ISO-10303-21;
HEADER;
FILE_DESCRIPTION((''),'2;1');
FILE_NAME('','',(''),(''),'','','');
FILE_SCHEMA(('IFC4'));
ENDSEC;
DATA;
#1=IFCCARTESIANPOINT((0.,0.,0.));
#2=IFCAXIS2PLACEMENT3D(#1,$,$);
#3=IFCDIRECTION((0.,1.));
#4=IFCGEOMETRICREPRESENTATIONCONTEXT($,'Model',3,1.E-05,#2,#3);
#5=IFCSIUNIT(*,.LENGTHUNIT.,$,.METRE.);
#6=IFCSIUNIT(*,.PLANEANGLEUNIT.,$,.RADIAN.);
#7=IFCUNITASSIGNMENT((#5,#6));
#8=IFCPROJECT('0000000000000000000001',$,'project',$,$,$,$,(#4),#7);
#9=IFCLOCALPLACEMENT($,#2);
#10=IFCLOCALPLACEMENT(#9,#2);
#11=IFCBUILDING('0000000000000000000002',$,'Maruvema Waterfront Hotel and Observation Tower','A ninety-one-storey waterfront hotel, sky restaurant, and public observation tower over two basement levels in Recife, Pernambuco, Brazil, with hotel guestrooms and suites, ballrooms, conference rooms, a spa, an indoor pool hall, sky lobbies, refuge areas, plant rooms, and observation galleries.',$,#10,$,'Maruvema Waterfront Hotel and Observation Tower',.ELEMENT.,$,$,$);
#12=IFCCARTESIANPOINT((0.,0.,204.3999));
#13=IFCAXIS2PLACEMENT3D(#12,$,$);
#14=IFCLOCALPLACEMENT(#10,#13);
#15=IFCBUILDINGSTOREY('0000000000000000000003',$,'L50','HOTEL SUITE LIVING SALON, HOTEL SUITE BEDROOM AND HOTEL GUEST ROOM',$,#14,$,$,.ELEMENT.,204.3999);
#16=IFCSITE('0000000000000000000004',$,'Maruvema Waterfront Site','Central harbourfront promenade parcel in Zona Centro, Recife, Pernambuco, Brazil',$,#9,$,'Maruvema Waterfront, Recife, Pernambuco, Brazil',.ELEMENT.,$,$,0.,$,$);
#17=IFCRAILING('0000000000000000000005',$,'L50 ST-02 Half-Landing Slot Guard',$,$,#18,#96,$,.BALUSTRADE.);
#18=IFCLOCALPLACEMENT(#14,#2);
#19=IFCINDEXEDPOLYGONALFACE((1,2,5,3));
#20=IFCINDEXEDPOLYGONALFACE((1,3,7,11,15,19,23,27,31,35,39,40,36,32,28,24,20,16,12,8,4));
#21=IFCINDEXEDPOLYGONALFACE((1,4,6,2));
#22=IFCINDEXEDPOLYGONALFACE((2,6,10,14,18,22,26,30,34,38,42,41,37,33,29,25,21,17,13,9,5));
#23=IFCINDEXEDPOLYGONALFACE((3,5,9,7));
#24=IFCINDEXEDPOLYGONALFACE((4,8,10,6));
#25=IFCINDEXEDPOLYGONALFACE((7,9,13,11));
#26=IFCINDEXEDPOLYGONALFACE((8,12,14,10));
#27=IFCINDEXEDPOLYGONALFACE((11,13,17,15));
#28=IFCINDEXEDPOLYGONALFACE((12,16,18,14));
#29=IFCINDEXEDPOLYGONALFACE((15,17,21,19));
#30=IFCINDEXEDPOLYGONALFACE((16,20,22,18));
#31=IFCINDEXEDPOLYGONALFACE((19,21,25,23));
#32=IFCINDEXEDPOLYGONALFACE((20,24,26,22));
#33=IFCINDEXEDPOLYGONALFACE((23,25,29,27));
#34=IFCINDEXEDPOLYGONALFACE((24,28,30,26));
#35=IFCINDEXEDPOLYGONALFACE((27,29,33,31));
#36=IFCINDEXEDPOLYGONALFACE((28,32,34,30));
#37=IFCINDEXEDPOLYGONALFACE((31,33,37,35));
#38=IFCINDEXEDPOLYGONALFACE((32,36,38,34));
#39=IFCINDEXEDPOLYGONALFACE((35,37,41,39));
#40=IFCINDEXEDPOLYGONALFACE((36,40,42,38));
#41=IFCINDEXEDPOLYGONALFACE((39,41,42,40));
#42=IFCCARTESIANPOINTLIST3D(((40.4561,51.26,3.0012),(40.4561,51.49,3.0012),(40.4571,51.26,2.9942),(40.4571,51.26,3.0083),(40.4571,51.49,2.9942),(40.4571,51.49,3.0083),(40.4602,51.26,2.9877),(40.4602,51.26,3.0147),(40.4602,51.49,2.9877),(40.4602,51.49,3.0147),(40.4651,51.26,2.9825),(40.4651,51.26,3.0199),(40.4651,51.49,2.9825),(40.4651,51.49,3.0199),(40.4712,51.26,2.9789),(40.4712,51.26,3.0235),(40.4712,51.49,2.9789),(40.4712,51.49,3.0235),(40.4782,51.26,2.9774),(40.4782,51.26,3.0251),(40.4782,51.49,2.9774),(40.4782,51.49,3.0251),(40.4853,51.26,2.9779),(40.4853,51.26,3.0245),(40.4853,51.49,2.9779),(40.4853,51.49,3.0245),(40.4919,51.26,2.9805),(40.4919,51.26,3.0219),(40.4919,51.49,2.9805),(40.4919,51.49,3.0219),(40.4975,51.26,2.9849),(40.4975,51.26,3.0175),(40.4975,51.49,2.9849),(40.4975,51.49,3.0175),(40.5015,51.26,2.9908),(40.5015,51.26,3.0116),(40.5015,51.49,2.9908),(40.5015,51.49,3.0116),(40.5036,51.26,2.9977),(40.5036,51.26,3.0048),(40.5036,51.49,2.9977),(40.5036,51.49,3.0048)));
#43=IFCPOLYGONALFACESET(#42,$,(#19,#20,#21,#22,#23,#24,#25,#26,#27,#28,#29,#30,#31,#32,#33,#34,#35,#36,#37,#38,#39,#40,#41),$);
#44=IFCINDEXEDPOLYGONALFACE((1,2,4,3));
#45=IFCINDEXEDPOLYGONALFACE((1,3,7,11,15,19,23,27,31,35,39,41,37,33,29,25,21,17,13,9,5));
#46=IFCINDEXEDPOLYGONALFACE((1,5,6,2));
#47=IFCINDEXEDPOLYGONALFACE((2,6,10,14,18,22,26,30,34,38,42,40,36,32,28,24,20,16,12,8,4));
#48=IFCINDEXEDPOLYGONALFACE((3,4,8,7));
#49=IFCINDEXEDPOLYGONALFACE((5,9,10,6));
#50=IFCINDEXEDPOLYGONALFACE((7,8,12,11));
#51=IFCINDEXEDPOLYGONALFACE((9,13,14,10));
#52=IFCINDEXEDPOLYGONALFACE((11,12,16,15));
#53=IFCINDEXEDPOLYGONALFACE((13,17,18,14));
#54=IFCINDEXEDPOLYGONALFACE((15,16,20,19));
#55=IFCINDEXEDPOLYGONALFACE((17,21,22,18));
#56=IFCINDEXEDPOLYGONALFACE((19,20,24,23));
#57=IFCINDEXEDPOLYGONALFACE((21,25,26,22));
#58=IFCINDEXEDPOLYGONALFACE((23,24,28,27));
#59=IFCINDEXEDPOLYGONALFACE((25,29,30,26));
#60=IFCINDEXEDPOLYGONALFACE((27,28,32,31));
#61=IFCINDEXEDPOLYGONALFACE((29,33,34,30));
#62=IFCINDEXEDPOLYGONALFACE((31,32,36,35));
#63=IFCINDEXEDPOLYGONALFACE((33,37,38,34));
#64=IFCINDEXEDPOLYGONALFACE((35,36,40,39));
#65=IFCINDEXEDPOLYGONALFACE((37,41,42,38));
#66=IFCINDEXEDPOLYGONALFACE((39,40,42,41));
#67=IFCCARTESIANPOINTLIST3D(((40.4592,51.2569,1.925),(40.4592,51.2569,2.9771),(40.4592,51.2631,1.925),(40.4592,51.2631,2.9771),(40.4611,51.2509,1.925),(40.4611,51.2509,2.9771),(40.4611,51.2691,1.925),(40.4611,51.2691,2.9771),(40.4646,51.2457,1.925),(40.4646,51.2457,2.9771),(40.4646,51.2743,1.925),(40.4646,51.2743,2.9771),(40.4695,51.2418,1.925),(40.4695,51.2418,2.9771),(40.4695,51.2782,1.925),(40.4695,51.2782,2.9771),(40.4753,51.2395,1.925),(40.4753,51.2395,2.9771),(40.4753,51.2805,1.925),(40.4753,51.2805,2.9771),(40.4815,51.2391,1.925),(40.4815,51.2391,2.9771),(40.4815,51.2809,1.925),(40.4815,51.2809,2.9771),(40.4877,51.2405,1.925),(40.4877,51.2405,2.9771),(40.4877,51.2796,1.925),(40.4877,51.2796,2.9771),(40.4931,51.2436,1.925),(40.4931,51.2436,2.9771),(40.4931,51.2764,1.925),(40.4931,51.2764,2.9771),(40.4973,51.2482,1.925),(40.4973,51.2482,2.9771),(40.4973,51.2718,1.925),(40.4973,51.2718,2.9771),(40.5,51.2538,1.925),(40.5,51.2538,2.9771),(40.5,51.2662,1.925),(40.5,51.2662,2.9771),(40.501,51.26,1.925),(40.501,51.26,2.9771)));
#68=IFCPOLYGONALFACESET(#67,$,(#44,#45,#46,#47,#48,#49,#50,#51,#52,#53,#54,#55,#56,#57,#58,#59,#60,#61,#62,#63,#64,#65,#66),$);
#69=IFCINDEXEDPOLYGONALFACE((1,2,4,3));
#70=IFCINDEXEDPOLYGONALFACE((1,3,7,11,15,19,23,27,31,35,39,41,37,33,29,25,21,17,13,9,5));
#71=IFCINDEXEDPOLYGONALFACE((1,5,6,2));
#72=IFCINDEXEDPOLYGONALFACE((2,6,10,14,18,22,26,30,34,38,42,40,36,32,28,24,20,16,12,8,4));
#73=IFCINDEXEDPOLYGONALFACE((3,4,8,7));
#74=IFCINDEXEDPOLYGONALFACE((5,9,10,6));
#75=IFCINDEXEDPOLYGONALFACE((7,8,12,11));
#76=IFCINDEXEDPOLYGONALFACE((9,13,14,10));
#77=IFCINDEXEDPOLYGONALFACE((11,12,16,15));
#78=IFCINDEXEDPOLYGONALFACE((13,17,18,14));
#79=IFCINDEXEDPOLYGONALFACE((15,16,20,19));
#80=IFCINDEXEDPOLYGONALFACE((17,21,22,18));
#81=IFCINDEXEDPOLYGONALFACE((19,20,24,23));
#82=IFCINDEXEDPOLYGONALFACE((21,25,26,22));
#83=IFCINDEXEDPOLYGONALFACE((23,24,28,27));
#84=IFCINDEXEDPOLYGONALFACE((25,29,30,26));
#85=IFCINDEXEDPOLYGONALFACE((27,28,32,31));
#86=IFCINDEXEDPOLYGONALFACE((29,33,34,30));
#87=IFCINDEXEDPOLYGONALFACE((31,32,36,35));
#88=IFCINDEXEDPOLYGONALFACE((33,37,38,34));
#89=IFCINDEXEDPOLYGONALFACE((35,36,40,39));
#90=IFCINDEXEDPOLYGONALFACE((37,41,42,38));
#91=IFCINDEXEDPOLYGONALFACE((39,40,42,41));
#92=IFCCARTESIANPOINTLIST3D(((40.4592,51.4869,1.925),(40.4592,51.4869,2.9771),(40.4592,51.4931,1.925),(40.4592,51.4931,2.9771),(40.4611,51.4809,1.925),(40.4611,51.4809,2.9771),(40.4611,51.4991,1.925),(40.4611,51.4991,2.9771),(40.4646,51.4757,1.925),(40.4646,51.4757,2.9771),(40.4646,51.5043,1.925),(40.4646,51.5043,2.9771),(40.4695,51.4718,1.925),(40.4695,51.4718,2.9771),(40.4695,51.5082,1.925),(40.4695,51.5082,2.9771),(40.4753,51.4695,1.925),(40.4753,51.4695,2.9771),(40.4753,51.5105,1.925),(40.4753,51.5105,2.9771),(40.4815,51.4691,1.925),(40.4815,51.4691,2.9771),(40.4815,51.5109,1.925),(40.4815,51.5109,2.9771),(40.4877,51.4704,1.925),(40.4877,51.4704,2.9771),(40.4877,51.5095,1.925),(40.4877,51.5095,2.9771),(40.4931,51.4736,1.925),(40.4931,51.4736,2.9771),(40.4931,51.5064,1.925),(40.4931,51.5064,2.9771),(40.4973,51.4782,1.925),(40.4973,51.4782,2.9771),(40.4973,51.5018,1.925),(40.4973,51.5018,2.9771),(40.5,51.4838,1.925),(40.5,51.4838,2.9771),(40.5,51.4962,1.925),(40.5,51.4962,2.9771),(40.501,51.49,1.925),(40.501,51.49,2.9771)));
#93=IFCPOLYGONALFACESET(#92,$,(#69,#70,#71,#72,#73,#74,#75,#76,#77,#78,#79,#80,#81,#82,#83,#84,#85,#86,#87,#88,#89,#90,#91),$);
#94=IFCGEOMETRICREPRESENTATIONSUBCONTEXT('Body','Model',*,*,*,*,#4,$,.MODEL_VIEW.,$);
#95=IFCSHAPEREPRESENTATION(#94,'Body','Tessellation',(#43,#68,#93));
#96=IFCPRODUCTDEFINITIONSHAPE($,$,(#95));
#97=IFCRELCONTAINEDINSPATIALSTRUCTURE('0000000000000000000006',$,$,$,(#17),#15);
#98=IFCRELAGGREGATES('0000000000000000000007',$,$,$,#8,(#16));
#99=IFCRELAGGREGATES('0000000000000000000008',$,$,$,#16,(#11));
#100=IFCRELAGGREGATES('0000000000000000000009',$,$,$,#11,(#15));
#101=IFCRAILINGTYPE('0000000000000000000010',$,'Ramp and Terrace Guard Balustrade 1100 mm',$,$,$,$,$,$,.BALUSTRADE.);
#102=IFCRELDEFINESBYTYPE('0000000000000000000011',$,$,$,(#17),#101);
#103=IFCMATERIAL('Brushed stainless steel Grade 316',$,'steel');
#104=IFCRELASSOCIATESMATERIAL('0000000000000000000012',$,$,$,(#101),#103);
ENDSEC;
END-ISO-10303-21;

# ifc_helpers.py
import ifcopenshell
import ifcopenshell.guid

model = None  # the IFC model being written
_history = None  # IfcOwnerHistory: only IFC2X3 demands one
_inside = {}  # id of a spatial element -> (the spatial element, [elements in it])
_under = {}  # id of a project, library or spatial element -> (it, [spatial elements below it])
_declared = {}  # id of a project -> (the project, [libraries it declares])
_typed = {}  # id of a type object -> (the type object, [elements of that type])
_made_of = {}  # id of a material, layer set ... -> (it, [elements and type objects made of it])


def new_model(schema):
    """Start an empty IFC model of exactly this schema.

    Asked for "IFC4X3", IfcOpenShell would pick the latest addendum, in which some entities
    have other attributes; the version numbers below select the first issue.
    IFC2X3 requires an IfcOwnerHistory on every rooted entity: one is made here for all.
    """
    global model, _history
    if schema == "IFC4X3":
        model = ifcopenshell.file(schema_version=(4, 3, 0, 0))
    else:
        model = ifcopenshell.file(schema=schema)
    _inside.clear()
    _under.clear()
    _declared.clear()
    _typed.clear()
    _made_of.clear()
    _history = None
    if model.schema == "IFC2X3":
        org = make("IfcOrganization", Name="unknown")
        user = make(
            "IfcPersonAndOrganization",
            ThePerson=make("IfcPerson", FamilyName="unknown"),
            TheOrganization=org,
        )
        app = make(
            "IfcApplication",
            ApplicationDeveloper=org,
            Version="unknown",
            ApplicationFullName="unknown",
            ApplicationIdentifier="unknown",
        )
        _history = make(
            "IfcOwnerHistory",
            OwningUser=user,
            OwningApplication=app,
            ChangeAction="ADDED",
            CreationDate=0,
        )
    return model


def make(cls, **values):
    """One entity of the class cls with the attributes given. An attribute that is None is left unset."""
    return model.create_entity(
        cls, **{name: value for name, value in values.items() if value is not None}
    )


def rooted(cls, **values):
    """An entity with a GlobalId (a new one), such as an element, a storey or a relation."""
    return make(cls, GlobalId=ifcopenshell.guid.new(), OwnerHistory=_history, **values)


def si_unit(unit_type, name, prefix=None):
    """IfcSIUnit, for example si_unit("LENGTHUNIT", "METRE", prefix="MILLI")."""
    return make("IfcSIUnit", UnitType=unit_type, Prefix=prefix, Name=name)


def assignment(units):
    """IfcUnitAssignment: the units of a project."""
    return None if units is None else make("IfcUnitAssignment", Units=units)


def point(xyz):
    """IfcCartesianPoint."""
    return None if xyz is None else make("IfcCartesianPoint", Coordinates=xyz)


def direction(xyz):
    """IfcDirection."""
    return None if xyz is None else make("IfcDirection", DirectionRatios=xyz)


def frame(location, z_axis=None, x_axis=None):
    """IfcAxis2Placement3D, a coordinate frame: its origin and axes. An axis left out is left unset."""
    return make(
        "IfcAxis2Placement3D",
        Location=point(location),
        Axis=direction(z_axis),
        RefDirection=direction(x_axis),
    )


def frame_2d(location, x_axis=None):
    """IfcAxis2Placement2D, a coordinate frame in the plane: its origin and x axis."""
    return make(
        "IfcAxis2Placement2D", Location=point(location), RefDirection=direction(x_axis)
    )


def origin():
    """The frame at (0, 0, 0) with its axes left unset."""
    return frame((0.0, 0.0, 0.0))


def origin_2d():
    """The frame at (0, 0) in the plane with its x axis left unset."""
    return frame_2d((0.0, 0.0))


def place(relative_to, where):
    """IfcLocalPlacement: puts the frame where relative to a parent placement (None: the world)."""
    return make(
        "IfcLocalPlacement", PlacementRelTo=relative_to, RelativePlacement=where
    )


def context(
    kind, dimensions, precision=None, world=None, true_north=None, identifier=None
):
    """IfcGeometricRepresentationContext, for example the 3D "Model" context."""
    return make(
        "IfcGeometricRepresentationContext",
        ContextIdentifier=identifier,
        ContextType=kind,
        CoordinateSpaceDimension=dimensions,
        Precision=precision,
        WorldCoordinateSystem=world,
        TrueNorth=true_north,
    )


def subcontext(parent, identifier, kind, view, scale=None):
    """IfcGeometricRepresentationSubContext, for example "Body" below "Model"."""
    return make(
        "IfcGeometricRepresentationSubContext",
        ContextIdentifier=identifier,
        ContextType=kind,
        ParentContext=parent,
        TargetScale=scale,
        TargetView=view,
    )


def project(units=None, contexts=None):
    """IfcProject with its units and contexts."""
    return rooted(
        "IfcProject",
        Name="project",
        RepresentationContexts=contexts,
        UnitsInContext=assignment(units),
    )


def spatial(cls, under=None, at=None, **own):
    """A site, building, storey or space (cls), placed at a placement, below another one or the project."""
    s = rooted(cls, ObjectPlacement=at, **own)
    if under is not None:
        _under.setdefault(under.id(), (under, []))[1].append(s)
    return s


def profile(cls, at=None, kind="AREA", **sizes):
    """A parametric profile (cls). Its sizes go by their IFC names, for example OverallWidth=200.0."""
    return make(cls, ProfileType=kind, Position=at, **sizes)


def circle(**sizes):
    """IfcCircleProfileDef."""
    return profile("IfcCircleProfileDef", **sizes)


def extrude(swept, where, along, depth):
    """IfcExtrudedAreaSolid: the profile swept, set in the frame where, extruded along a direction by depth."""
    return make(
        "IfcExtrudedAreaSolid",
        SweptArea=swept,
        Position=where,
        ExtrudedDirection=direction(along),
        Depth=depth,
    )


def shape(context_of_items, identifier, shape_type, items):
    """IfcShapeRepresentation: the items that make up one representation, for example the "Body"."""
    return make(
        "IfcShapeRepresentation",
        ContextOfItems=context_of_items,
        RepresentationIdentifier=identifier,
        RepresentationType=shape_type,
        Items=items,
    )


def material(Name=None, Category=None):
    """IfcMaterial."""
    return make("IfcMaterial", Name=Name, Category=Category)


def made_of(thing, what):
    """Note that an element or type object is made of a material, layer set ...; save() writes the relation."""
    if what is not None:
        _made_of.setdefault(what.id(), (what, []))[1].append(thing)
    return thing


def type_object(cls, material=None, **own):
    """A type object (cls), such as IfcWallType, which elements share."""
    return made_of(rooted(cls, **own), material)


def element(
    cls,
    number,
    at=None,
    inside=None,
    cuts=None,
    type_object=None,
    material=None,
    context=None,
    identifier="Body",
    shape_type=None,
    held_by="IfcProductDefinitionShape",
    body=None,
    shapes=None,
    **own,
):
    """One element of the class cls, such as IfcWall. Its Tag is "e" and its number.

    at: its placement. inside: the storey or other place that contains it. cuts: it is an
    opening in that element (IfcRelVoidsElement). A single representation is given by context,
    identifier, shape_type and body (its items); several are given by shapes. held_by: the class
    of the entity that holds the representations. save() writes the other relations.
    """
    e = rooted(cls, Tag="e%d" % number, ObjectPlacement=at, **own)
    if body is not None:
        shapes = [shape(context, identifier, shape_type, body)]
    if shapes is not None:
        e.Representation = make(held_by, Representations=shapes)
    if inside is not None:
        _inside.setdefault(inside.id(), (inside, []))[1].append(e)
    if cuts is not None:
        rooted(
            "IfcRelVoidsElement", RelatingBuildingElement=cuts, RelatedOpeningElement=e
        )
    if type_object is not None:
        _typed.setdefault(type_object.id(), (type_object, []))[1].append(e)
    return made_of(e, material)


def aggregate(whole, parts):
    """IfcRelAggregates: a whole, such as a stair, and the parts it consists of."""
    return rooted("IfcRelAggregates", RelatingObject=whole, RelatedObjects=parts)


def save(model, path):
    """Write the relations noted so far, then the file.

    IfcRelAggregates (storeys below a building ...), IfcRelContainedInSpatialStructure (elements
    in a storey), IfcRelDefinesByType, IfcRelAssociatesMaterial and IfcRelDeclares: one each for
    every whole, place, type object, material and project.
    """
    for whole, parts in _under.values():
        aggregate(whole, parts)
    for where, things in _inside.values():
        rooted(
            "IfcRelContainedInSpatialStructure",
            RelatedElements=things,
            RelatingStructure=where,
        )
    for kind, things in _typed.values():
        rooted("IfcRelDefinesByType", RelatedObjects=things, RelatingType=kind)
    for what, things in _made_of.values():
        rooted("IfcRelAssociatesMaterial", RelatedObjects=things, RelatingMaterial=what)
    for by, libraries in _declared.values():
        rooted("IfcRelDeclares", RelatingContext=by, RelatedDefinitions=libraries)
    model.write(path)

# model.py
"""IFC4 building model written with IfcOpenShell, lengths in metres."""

from ifc_helpers import new_model, si_unit, direction, frame, origin, origin_2d, place, context, subcontext, project, spatial, circle, extrude, material, type_object, element, save


model = new_model("IFC4")

# Units and contexts
model_context = context("Model", 3, precision=1e-05, world=origin(), true_north=direction((0.0, 1.0)))
body_context = subcontext(model_context, "Body", "Model", "MODEL_VIEW")
ifc_project = project(units=[si_unit("LENGTHUNIT", "METRE"), si_unit("PLANEANGLEUNIT", "RADIAN")], contexts=[model_context])

# Site, building, storey
site_placement = place(None, origin())
site = spatial("IfcSite", under=ifc_project, at=site_placement, Name="Maruvema Waterfront Site", Description="Central harbourfront promenade parcel in Zona Centro, Recife, Pernambuco, Brazil", LongName="Maruvema Waterfront, Recife, Pernambuco, Brazil", CompositionType="ELEMENT", RefElevation=0.0)
building_placement = place(site_placement, origin())
building = spatial("IfcBuilding", under=site, at=building_placement, Name="Maruvema Waterfront Hotel and Observation Tower", Description="A ninety-one-storey waterfront hotel, sky restaurant, and public observation tower over two basement levels in Recife, Pernambuco, Brazil, with hotel guestrooms and suites, ballrooms, conference rooms, a spa, an indoor pool hall, sky lobbies, refuge areas, plant rooms, and observation galleries.", LongName="Maruvema Waterfront Hotel and Observation Tower", CompositionType="ELEMENT")
storey_placement = place(building_placement, frame((0.0, 0.0, 204.3999)))
storey = spatial("IfcBuildingStorey", under=building, at=storey_placement, Name="L50", Description="HOTEL SUITE LIVING SALON, HOTEL SUITE BEDROOM AND HOTEL GUEST ROOM", CompositionType="ELEMENT", Elevation=204.3999)

# Railing
ifc_material_1 = material(Name="Brushed stainless steel Grade 316", Category="steel")
railing_type_1 = type_object("IfcRailingType", Name="Ramp and Terrace Guard Balustrade 1100 mm", PredefinedType="BALUSTRADE", material=ifc_material_1)
railing_1_placement = place(storey_placement, frame((40.48, 51.26, 1.925)))
element("IfcRailing", 1, at=railing_1_placement, inside=storey, type_object=railing_type_1, Name="L50 ST-02 Half-Landing Slot Guard", PredefinedType="BALUSTRADE", context=body_context, shape_type="SweptSolid", body=[
    extrude(circle(Radius=0.0239, at=origin_2d()), frame((0.0, 0.0, 1.0762), z_axis=(0.0, 1.0, 0.0), x_axis=(-1.0, 0.0, 0.0)), (0.0, 0.0, 1.0), 0.23),
    extrude(circle(Radius=0.021, at=origin_2d()), origin(), (0.0, 0.0, 1.0), 1.052),
    extrude(circle(Radius=0.021, at=origin_2d()), frame((0.0, 0.23, 0.0)), (0.0, 0.0, 1.0), 1.052),
])

save(model, "model.ifc")
